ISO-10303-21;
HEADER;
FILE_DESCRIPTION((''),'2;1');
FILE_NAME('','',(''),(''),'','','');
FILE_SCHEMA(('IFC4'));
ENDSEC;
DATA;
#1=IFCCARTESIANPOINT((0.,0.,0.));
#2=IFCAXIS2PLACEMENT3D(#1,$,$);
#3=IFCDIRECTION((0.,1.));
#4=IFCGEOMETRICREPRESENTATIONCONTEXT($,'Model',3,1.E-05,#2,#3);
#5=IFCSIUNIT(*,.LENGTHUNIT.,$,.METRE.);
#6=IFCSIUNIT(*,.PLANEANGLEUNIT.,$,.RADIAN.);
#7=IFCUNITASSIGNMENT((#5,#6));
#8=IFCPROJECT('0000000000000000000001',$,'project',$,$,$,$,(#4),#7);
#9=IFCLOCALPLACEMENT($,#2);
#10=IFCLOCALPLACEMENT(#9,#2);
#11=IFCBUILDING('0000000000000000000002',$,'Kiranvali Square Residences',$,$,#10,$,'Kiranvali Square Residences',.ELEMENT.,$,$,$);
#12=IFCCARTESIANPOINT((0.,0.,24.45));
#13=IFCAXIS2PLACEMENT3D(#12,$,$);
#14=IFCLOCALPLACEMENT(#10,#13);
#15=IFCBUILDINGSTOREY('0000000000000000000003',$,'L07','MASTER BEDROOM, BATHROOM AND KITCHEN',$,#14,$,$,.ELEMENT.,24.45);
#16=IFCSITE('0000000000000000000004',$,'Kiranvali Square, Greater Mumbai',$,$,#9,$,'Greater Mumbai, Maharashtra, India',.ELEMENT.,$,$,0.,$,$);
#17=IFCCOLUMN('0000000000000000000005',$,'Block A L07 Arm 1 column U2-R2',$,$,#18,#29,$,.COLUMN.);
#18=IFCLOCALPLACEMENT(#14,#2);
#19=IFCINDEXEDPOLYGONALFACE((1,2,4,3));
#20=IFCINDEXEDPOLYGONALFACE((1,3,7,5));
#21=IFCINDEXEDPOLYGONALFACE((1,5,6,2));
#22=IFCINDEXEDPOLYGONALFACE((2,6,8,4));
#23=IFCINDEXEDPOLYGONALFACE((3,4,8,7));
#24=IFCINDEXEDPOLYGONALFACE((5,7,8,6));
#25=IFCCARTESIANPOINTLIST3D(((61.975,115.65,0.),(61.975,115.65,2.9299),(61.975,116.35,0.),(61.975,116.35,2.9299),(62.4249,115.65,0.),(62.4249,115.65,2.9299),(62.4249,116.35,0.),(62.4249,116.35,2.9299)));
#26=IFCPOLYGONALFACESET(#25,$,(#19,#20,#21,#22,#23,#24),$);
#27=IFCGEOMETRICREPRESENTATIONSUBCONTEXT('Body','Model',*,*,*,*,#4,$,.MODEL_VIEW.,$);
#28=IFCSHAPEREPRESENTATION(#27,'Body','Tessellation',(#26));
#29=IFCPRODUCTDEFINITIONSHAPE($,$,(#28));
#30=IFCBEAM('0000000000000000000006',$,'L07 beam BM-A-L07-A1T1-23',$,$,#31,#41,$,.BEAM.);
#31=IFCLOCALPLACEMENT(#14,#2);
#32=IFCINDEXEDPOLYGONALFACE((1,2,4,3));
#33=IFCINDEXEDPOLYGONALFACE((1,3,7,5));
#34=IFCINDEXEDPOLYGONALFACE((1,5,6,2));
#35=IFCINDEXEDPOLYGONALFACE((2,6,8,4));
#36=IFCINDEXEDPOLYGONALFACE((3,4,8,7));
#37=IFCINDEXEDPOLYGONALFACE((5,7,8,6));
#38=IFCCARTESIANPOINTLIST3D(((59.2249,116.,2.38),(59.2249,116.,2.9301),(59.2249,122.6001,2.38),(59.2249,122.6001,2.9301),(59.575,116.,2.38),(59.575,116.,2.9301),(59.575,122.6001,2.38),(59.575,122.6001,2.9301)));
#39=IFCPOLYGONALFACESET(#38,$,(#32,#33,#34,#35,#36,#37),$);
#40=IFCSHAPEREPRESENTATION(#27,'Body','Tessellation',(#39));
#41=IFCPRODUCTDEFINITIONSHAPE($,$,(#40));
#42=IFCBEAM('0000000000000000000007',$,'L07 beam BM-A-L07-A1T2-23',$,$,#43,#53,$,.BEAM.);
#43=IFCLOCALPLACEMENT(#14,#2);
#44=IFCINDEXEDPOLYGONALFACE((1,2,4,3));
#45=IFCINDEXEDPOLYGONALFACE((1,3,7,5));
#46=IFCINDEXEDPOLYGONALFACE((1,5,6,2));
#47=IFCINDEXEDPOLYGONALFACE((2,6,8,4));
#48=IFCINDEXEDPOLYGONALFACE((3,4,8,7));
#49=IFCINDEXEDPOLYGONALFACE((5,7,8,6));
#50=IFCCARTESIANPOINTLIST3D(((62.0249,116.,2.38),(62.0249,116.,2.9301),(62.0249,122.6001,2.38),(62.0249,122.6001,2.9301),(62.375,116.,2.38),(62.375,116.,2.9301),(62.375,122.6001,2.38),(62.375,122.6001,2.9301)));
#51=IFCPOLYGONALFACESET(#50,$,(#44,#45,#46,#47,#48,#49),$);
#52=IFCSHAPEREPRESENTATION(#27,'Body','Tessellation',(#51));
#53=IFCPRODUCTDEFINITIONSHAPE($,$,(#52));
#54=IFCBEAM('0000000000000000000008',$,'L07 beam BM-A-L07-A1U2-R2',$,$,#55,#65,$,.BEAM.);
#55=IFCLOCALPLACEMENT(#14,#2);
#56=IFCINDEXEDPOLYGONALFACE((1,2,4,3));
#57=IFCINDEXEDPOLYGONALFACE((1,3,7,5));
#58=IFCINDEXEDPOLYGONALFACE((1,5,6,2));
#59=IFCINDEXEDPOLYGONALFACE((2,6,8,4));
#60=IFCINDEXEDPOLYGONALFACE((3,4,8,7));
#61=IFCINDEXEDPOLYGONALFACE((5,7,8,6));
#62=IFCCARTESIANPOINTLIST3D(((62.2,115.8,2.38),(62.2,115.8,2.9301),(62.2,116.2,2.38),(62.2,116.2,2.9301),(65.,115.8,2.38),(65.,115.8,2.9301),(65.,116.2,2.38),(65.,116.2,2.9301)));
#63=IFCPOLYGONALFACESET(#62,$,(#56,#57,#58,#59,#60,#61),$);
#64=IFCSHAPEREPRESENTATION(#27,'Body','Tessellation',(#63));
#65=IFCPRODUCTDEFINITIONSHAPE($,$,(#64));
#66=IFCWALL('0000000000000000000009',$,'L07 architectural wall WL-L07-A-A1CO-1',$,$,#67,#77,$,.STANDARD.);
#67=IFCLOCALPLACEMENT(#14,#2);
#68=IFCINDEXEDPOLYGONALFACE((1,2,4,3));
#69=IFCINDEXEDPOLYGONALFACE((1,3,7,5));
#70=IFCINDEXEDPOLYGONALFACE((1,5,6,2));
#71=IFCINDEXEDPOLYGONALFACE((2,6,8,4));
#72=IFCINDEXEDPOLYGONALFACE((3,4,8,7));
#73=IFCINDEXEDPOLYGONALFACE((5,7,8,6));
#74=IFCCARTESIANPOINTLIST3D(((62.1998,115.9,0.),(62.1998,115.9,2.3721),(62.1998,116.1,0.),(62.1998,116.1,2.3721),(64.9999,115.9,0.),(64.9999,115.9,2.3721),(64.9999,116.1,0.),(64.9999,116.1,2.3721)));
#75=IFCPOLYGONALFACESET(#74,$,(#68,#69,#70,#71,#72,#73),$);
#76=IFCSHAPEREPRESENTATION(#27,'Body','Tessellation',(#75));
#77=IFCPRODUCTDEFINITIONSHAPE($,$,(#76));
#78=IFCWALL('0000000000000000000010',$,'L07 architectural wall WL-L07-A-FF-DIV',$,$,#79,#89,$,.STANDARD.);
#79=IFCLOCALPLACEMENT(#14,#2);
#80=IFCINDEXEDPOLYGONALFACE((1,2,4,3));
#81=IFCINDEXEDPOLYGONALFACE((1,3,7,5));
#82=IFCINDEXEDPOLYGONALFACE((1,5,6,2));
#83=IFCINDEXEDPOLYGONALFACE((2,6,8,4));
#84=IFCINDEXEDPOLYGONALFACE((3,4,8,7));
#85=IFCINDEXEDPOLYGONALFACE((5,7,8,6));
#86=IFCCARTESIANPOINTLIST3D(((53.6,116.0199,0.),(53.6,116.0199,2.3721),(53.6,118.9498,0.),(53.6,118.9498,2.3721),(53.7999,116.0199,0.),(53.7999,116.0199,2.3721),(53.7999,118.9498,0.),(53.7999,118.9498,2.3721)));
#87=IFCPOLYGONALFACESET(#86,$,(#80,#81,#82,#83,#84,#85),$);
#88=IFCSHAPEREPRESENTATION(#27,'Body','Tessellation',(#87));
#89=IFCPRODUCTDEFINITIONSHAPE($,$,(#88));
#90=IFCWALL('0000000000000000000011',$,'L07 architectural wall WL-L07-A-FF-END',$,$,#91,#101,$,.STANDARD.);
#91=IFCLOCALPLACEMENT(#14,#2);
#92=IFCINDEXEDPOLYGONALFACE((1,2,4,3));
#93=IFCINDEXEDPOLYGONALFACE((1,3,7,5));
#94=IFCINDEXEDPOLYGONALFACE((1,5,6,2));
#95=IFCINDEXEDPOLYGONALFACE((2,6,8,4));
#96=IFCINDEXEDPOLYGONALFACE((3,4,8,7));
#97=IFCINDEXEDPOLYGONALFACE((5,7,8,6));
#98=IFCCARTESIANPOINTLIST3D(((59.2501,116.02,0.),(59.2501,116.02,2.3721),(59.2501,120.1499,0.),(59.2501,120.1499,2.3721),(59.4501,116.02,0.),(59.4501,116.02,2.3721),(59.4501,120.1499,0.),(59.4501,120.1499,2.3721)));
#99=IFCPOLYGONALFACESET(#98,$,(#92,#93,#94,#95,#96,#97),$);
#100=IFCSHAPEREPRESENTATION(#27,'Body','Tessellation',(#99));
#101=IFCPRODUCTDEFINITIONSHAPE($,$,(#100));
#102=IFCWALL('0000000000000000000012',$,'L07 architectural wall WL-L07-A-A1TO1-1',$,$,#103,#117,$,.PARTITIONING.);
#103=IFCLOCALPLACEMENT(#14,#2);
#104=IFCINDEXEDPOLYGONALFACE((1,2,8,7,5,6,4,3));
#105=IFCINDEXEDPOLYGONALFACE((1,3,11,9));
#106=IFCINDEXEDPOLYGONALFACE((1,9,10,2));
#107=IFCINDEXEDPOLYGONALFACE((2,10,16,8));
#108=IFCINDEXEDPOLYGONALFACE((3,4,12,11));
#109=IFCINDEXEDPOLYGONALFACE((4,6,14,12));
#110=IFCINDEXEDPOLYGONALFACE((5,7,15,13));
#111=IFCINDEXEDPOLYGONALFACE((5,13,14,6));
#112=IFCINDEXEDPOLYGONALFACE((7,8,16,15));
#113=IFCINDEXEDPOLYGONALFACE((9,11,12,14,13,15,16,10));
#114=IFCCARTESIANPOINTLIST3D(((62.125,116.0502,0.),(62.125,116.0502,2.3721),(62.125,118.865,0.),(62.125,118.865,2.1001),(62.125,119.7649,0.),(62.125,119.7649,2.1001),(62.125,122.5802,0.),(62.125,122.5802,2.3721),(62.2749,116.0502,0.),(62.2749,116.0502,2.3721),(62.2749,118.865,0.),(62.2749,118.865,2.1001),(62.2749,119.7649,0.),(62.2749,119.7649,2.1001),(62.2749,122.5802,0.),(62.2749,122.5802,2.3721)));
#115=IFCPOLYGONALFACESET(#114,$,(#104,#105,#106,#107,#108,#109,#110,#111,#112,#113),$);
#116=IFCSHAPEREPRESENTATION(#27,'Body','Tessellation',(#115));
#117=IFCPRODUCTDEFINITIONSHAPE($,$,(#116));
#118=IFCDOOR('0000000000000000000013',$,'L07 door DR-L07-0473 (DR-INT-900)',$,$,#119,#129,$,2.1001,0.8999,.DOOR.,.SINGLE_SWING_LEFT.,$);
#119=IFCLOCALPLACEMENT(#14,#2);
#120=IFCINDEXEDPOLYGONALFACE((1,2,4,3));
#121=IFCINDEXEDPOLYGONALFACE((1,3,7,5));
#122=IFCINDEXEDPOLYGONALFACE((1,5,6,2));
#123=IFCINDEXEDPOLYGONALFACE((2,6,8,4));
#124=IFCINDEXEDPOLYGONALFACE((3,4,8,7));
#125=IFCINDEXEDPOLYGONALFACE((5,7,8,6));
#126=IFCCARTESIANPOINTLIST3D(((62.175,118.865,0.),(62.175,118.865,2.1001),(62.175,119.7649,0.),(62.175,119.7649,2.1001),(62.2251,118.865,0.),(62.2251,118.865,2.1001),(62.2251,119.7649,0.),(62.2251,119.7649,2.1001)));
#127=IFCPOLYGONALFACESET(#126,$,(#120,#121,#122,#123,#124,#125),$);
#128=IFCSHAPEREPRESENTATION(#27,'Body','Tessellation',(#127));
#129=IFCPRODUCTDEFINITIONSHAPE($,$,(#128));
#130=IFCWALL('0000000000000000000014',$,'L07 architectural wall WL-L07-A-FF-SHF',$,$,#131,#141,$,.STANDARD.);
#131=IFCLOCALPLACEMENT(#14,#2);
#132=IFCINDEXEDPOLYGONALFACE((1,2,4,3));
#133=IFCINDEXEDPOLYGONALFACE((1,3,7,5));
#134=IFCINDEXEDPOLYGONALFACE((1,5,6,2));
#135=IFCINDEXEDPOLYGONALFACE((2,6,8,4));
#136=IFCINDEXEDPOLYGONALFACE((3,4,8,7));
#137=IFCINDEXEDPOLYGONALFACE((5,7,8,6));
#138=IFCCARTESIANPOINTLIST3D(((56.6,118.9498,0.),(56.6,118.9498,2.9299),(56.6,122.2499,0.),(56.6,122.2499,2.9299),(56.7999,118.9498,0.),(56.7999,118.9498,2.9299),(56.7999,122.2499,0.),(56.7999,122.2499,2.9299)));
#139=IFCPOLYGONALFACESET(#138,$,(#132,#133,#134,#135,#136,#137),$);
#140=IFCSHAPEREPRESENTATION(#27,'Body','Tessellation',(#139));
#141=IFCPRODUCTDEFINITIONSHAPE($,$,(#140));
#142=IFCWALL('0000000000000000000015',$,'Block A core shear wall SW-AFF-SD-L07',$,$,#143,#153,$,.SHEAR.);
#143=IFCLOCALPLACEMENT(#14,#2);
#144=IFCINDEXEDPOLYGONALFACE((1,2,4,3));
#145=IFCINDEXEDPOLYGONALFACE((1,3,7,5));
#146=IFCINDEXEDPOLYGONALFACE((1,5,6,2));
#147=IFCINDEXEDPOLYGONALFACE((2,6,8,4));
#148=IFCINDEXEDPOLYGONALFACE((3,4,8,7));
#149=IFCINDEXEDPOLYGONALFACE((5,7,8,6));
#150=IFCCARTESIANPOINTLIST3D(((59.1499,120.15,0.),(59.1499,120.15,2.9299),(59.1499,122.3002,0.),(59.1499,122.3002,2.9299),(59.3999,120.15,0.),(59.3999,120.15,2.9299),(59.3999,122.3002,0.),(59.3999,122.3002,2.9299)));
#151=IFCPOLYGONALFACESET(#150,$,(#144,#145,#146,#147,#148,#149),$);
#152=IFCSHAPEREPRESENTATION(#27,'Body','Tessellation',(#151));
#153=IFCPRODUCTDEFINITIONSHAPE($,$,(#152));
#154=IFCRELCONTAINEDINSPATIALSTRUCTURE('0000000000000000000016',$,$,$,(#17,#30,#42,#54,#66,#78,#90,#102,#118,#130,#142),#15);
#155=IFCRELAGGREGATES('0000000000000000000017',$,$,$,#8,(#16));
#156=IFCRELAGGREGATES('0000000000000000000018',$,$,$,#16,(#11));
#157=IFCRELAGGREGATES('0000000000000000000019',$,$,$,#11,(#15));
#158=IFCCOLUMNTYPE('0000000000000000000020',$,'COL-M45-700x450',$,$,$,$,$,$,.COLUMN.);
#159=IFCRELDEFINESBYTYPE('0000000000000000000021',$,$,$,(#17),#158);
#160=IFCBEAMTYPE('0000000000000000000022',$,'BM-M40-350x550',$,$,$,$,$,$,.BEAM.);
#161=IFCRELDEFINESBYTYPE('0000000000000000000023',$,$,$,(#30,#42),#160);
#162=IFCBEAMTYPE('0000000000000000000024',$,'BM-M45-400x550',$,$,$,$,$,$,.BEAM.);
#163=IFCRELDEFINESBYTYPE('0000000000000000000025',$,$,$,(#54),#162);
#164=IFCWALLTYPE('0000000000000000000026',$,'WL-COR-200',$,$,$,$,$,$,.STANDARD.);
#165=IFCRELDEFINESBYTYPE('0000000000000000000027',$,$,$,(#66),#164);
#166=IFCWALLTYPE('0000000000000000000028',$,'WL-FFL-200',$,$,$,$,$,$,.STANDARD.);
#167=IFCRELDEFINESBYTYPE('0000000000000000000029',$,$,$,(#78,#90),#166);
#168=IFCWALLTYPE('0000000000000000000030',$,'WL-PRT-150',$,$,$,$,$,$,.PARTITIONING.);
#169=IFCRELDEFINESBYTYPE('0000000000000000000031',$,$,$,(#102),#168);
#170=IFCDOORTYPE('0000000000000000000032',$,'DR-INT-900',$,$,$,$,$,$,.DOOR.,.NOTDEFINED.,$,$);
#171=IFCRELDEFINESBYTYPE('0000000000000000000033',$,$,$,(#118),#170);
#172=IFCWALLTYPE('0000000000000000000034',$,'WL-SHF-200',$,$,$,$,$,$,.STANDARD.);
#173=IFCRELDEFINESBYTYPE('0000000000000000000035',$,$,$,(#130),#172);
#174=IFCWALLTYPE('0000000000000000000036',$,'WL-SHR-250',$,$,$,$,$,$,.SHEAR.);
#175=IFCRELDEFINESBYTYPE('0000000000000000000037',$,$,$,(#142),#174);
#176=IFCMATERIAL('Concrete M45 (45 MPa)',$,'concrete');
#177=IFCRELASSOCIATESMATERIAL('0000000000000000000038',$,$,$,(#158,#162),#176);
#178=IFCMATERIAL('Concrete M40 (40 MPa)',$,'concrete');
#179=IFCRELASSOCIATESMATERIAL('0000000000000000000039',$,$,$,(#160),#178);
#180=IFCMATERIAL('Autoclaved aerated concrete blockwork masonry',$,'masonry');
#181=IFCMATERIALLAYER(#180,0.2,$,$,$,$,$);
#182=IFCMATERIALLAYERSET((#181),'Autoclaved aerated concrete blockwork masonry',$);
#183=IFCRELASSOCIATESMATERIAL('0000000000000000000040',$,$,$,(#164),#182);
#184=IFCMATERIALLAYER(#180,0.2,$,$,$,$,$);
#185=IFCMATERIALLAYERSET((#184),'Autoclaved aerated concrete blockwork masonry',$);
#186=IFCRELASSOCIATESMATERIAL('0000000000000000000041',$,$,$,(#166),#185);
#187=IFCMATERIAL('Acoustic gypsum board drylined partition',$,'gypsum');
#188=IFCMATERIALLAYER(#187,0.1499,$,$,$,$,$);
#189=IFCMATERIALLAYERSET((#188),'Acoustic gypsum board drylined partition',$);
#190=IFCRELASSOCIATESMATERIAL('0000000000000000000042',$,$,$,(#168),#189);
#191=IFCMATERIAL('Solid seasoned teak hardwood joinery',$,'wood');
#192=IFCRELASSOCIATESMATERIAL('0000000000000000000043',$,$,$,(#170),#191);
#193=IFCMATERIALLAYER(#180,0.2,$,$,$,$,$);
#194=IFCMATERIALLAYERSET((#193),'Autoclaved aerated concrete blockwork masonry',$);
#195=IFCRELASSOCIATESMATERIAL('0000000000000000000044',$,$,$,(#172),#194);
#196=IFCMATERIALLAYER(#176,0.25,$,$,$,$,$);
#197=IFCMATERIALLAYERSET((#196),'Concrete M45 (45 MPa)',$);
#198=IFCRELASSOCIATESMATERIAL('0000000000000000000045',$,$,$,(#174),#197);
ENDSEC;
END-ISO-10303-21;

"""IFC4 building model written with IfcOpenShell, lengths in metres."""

from ifc_helpers import new_model, si_unit, direction, frame, frame_2d, origin, origin_2d, place, context, subcontext, project, spatial, rectangle, extrude, material, layer, layer_set, material_profile, profile_set, type_object, element, fill, save


model = new_model("IFC4")

# Units and contexts
model_context = context("Model", 3, precision=1e-05, world=origin(), true_north=direction((0.0, 1.0)))
body_context = subcontext(model_context, "Body", "Model", "MODEL_VIEW")
ifc_project = project(units=[si_unit("LENGTHUNIT", "METRE"), si_unit("PLANEANGLEUNIT", "RADIAN")], contexts=[model_context])

# Site, building, storey
site_placement = place(None, origin())
site = spatial("IfcSite", under=ifc_project, at=site_placement, Name="Kiranvali Square, Greater Mumbai", LongName="Greater Mumbai, Maharashtra, India", CompositionType="ELEMENT", RefElevation=0.0)
building_placement = place(site_placement, origin())
building = spatial("IfcBuilding", under=site, at=building_placement, Name="Kiranvali Square Residences", LongName="Kiranvali Square Residences", CompositionType="ELEMENT")
storey_placement = place(building_placement, frame((0.0, 0.0, 24.45)))
storey = spatial("IfcBuildingStorey", under=building, at=storey_placement, Name="L07", Description="MASTER BEDROOM, BATHROOM AND KITCHEN", CompositionType="ELEMENT", Elevation=24.45)

# Column
ifc_material_1 = material(Name="Concrete M45 (45 MPa)", Category="concrete")
ifc_material_profile_1 = material_profile(ifc_material_1, rectangle(XDim=0.45, YDim=0.7, at=origin_2d()), Name="RC 700x450")
ifc_profile_set_1 = profile_set([ifc_material_profile_1], Name="Concrete M45 (45 MPa)")
column_type = type_object("IfcColumnType", Name="COL-M45-700x450", PredefinedType="COLUMN", material=ifc_profile_set_1)
column_placement = place(storey_placement, frame((62.2, 116.0, 0.0), z_axis=(0.0, 0.0, 1.0), x_axis=(1.0, 0.0, 0.0)))
element("IfcColumn", 1, at=column_placement, inside=storey, type_object=column_type, Name="Block A L07 Arm 1 column U2-R2", PredefinedType="COLUMN", context=body_context, shape_type="SweptSolid", body=[
    extrude(rectangle(XDim=0.45, YDim=0.7, at=origin_2d()), origin(), (0.0, 0.0, 1.0), 2.9299),
])

# Beams
ifc_material_2 = material(Name="Concrete M40 (40 MPa)", Category="concrete")
ifc_material_profile_2 = material_profile(ifc_material_2, rectangle(XDim=0.3501, YDim=0.55, at=origin_2d()), Name="RC 350x550")
ifc_profile_set_2 = profile_set([ifc_material_profile_2], Name="Concrete M40 (40 MPa)")
beam_type_1 = type_object("IfcBeamType", Name="BM-M40-350x550", PredefinedType="BEAM", material=ifc_profile_set_2)
for number, where, z_axis, x_axis, name in (
    (2, (59.3999, 116.0, 2.655), (0.0, 1.0, 0.0), (-1.0, 0.0, 0.0), "L07 beam BM-A-L07-A1T1-23"),
    (3, (62.2, 116.0, 2.655), (0.0, 1.0, 0.0), (-1.0, 0.0, 0.0), "L07 beam BM-A-L07-A1T2-23"),
):
    element("IfcBeam", number, at=place(storey_placement, frame(where, z_axis=z_axis, x_axis=x_axis)), inside=storey, type_object=beam_type_1, Name=name, PredefinedType="BEAM", context=body_context, shape_type="SweptSolid", body=[
        extrude(rectangle(XDim=0.3501, YDim=0.55, at=origin_2d()), origin(), (0.0, 0.0, 1.0), 6.6001),
    ])
ifc_material_profile_3 = material_profile(ifc_material_1, rectangle(XDim=0.3999, YDim=0.55, at=origin_2d()), Name="RC 400x550")
ifc_profile_set_3 = profile_set([ifc_material_profile_3], Name="Concrete M45 (45 MPa)")
beam_type_2 = type_object("IfcBeamType", Name="BM-M45-400x550", PredefinedType="BEAM", material=ifc_profile_set_3)
beam_placement = place(storey_placement, frame((62.2, 116.0, 2.655), z_axis=(1.0, 0.0, 0.0), x_axis=(0.0, 1.0, 0.0)))
element("IfcBeam", 4, at=beam_placement, inside=storey, type_object=beam_type_2, Name="L07 beam BM-A-L07-A1U2-R2", PredefinedType="BEAM", context=body_context, shape_type="SweptSolid", body=[
    extrude(rectangle(XDim=0.3999, YDim=0.55, at=origin_2d()), origin(), (0.0, 0.0, 1.0), 2.8),
])

# Shared definitions
ifc_material_3 = material(Name="Autoclaved aerated concrete blockwork masonry", Category="masonry")
ifc_layer_1 = layer(ifc_material_3, 0.2)
ifc_layer_set_1 = layer_set([ifc_layer_1], Name="Autoclaved aerated concrete blockwork masonry")
wall_type_1 = type_object("IfcWallType", Name="WL-COR-200", PredefinedType="STANDARD", material=ifc_layer_set_1)

# Wall
wall_1_placement = place(storey_placement, frame((62.2, 116.0, 0.0), z_axis=(0.0, 0.0, 1.0), x_axis=(1.0, 0.0, 0.0)))
element("IfcWall", 5, at=wall_1_placement, inside=storey, type_object=wall_type_1, Name="L07 architectural wall WL-L07-A-A1CO-1", PredefinedType="STANDARD", context=body_context, shape_type="SweptSolid", body=[
    extrude(rectangle(XDim=2.8, YDim=0.2, at=frame_2d((1.3999, 0.0))), origin(), (0.0, 0.0, 1.0), 2.3721),
])

# Shared definitions
ifc_layer_2 = layer(ifc_material_3, 0.2)
ifc_layer_set_2 = layer_set([ifc_layer_2], Name="Autoclaved aerated concrete blockwork masonry")
wall_type_2 = type_object("IfcWallType", Name="WL-FFL-200", PredefinedType="STANDARD", material=ifc_layer_set_2)

# Walls
wall_2_placement = place(storey_placement, frame((53.7, 116.02, 0.0), z_axis=(0.0, 0.0, 1.0), x_axis=(0.0, 1.0, 0.0)))
element("IfcWall", 6, at=wall_2_placement, inside=storey, type_object=wall_type_2, Name="L07 architectural wall WL-L07-A-FF-DIV", PredefinedType="STANDARD", context=body_context, shape_type="SweptSolid", body=[
    extrude(rectangle(XDim=2.9299, YDim=0.2, at=frame_2d((1.4648, 0.0))), origin(), (0.0, 0.0, 1.0), 2.3721),
])
wall_3_placement = place(storey_placement, frame((59.3501, 116.02, 0.0), z_axis=(0.0, 0.0, 1.0), x_axis=(0.0, 1.0, 0.0)))
element("IfcWall", 7, at=wall_3_placement, inside=storey, type_object=wall_type_2, Name="L07 architectural wall WL-L07-A-FF-END", PredefinedType="STANDARD", context=body_context, shape_type="SweptSolid", body=[
    extrude(rectangle(XDim=4.1299, YDim=0.2, at=frame_2d((2.0649, 0.0))), origin(), (0.0, 0.0, 1.0), 2.3721),
])

# Wall, opening, door
ifc_material_4 = material(Name="Acoustic gypsum board drylined partition", Category="gypsum")
ifc_layer_3 = layer(ifc_material_4, 0.1499)
ifc_layer_set_3 = layer_set([ifc_layer_3], Name="Acoustic gypsum board drylined partition")
wall_type_3 = type_object("IfcWallType", Name="WL-PRT-150", PredefinedType="PARTITIONING", material=ifc_layer_set_3)
wall_4_placement = place(storey_placement, frame((62.2, 116.05, 0.0), z_axis=(0.0, 0.0, 1.0), x_axis=(0.0, 1.0, 0.0)))
wall_4 = element("IfcWall", 8, at=wall_4_placement, inside=storey, type_object=wall_type_3, Name="L07 architectural wall WL-L07-A-A1TO1-1", PredefinedType="PARTITIONING", context=body_context, shape_type="SweptSolid", body=[
    extrude(rectangle(XDim=6.53, YDim=0.1499, at=frame_2d((3.2651, 0.0))), origin(), (0.0, 0.0, 1.0), 2.3721),
])
opening_1_placement = place(wall_4_placement, frame((2.8149, 0.0, 0.0)))
opening_1 = element("IfcOpeningElement", 9, at=opening_1_placement, cuts=wall_4, PredefinedType="OPENING", context=body_context, shape_type="SweptSolid", body=[
    extrude(rectangle(XDim=0.8999, YDim=2.1001, at=frame_2d((0.45, 1.05))), frame((0.0, 0.085, 0.0), z_axis=(0.0, -1.0, 0.0), x_axis=(1.0, 0.0, 0.0)), (0.0, 0.0, 1.0), 0.1699),
])
ifc_material_5 = material(Name="Solid seasoned teak hardwood joinery", Category="wood")
door_type_1 = type_object("IfcDoorType", Name="DR-INT-900", OperationType="NOTDEFINED", PredefinedType="DOOR", material=ifc_material_5)
door_1_placement = place(opening_1_placement, origin())
door_1 = element("IfcDoor", 10, at=door_1_placement, inside=storey, type_object=door_type_1, Name="L07 door DR-L07-0473 (DR-INT-900)", OperationType="SINGLE_SWING_LEFT", OverallHeight=2.1001, OverallWidth=0.8999, PredefinedType="DOOR", context=body_context, shape_type="SweptSolid", body=[
    extrude(rectangle(XDim=0.8999, YDim=2.1001, at=frame_2d((0.45, 1.05))), frame((0.0, 0.0249, 0.0), z_axis=(0.0, -1.0, 0.0), x_axis=(1.0, 0.0, 0.0)), (0.0, 0.0, 1.0), 0.05),
])
fill(opening_1, door_1)

# Walls
ifc_layer_4 = layer(ifc_material_3, 0.2)
ifc_layer_set_4 = layer_set([ifc_layer_4], Name="Autoclaved aerated concrete blockwork masonry")
wall_type_4 = type_object("IfcWallType", Name="WL-SHF-200", PredefinedType="STANDARD", material=ifc_layer_set_4)
wall_5_placement = place(storey_placement, frame((56.7, 118.95, 0.0), z_axis=(0.0, 0.0, 1.0), x_axis=(0.0, 1.0, 0.0)))
element("IfcWall", 11, at=wall_5_placement, inside=storey, type_object=wall_type_4, Name="L07 architectural wall WL-L07-A-FF-SHF", PredefinedType="STANDARD", context=body_context, shape_type="SweptSolid", body=[
    extrude(rectangle(XDim=3.3, YDim=0.2, at=frame_2d((1.6499, 0.0))), origin(), (0.0, 0.0, 1.0), 2.9299),
])
ifc_layer_5 = layer(ifc_material_1, 0.25)
ifc_layer_set_5 = layer_set([ifc_layer_5], Name="Concrete M45 (45 MPa)")
wall_type_5 = type_object("IfcWallType", Name="WL-SHR-250", PredefinedType="SHEAR", material=ifc_layer_set_5)
wall_6_placement = place(storey_placement, frame((59.2749, 120.1499, 0.0), z_axis=(0.0, 0.0, 1.0), x_axis=(0.0, 1.0, 0.0)))
element("IfcWall", 12, at=wall_6_placement, inside=storey, type_object=wall_type_5, Name="Block A core shear wall SW-AFF-SD-L07", PredefinedType="SHEAR", context=body_context, shape_type="SweptSolid", body=[
    extrude(rectangle(XDim=2.1501, YDim=0.25, at=frame_2d((1.0752, 0.0))), origin(), (0.0, 0.0, 1.0), 2.9299),
])

save(model, "model.ifc")
